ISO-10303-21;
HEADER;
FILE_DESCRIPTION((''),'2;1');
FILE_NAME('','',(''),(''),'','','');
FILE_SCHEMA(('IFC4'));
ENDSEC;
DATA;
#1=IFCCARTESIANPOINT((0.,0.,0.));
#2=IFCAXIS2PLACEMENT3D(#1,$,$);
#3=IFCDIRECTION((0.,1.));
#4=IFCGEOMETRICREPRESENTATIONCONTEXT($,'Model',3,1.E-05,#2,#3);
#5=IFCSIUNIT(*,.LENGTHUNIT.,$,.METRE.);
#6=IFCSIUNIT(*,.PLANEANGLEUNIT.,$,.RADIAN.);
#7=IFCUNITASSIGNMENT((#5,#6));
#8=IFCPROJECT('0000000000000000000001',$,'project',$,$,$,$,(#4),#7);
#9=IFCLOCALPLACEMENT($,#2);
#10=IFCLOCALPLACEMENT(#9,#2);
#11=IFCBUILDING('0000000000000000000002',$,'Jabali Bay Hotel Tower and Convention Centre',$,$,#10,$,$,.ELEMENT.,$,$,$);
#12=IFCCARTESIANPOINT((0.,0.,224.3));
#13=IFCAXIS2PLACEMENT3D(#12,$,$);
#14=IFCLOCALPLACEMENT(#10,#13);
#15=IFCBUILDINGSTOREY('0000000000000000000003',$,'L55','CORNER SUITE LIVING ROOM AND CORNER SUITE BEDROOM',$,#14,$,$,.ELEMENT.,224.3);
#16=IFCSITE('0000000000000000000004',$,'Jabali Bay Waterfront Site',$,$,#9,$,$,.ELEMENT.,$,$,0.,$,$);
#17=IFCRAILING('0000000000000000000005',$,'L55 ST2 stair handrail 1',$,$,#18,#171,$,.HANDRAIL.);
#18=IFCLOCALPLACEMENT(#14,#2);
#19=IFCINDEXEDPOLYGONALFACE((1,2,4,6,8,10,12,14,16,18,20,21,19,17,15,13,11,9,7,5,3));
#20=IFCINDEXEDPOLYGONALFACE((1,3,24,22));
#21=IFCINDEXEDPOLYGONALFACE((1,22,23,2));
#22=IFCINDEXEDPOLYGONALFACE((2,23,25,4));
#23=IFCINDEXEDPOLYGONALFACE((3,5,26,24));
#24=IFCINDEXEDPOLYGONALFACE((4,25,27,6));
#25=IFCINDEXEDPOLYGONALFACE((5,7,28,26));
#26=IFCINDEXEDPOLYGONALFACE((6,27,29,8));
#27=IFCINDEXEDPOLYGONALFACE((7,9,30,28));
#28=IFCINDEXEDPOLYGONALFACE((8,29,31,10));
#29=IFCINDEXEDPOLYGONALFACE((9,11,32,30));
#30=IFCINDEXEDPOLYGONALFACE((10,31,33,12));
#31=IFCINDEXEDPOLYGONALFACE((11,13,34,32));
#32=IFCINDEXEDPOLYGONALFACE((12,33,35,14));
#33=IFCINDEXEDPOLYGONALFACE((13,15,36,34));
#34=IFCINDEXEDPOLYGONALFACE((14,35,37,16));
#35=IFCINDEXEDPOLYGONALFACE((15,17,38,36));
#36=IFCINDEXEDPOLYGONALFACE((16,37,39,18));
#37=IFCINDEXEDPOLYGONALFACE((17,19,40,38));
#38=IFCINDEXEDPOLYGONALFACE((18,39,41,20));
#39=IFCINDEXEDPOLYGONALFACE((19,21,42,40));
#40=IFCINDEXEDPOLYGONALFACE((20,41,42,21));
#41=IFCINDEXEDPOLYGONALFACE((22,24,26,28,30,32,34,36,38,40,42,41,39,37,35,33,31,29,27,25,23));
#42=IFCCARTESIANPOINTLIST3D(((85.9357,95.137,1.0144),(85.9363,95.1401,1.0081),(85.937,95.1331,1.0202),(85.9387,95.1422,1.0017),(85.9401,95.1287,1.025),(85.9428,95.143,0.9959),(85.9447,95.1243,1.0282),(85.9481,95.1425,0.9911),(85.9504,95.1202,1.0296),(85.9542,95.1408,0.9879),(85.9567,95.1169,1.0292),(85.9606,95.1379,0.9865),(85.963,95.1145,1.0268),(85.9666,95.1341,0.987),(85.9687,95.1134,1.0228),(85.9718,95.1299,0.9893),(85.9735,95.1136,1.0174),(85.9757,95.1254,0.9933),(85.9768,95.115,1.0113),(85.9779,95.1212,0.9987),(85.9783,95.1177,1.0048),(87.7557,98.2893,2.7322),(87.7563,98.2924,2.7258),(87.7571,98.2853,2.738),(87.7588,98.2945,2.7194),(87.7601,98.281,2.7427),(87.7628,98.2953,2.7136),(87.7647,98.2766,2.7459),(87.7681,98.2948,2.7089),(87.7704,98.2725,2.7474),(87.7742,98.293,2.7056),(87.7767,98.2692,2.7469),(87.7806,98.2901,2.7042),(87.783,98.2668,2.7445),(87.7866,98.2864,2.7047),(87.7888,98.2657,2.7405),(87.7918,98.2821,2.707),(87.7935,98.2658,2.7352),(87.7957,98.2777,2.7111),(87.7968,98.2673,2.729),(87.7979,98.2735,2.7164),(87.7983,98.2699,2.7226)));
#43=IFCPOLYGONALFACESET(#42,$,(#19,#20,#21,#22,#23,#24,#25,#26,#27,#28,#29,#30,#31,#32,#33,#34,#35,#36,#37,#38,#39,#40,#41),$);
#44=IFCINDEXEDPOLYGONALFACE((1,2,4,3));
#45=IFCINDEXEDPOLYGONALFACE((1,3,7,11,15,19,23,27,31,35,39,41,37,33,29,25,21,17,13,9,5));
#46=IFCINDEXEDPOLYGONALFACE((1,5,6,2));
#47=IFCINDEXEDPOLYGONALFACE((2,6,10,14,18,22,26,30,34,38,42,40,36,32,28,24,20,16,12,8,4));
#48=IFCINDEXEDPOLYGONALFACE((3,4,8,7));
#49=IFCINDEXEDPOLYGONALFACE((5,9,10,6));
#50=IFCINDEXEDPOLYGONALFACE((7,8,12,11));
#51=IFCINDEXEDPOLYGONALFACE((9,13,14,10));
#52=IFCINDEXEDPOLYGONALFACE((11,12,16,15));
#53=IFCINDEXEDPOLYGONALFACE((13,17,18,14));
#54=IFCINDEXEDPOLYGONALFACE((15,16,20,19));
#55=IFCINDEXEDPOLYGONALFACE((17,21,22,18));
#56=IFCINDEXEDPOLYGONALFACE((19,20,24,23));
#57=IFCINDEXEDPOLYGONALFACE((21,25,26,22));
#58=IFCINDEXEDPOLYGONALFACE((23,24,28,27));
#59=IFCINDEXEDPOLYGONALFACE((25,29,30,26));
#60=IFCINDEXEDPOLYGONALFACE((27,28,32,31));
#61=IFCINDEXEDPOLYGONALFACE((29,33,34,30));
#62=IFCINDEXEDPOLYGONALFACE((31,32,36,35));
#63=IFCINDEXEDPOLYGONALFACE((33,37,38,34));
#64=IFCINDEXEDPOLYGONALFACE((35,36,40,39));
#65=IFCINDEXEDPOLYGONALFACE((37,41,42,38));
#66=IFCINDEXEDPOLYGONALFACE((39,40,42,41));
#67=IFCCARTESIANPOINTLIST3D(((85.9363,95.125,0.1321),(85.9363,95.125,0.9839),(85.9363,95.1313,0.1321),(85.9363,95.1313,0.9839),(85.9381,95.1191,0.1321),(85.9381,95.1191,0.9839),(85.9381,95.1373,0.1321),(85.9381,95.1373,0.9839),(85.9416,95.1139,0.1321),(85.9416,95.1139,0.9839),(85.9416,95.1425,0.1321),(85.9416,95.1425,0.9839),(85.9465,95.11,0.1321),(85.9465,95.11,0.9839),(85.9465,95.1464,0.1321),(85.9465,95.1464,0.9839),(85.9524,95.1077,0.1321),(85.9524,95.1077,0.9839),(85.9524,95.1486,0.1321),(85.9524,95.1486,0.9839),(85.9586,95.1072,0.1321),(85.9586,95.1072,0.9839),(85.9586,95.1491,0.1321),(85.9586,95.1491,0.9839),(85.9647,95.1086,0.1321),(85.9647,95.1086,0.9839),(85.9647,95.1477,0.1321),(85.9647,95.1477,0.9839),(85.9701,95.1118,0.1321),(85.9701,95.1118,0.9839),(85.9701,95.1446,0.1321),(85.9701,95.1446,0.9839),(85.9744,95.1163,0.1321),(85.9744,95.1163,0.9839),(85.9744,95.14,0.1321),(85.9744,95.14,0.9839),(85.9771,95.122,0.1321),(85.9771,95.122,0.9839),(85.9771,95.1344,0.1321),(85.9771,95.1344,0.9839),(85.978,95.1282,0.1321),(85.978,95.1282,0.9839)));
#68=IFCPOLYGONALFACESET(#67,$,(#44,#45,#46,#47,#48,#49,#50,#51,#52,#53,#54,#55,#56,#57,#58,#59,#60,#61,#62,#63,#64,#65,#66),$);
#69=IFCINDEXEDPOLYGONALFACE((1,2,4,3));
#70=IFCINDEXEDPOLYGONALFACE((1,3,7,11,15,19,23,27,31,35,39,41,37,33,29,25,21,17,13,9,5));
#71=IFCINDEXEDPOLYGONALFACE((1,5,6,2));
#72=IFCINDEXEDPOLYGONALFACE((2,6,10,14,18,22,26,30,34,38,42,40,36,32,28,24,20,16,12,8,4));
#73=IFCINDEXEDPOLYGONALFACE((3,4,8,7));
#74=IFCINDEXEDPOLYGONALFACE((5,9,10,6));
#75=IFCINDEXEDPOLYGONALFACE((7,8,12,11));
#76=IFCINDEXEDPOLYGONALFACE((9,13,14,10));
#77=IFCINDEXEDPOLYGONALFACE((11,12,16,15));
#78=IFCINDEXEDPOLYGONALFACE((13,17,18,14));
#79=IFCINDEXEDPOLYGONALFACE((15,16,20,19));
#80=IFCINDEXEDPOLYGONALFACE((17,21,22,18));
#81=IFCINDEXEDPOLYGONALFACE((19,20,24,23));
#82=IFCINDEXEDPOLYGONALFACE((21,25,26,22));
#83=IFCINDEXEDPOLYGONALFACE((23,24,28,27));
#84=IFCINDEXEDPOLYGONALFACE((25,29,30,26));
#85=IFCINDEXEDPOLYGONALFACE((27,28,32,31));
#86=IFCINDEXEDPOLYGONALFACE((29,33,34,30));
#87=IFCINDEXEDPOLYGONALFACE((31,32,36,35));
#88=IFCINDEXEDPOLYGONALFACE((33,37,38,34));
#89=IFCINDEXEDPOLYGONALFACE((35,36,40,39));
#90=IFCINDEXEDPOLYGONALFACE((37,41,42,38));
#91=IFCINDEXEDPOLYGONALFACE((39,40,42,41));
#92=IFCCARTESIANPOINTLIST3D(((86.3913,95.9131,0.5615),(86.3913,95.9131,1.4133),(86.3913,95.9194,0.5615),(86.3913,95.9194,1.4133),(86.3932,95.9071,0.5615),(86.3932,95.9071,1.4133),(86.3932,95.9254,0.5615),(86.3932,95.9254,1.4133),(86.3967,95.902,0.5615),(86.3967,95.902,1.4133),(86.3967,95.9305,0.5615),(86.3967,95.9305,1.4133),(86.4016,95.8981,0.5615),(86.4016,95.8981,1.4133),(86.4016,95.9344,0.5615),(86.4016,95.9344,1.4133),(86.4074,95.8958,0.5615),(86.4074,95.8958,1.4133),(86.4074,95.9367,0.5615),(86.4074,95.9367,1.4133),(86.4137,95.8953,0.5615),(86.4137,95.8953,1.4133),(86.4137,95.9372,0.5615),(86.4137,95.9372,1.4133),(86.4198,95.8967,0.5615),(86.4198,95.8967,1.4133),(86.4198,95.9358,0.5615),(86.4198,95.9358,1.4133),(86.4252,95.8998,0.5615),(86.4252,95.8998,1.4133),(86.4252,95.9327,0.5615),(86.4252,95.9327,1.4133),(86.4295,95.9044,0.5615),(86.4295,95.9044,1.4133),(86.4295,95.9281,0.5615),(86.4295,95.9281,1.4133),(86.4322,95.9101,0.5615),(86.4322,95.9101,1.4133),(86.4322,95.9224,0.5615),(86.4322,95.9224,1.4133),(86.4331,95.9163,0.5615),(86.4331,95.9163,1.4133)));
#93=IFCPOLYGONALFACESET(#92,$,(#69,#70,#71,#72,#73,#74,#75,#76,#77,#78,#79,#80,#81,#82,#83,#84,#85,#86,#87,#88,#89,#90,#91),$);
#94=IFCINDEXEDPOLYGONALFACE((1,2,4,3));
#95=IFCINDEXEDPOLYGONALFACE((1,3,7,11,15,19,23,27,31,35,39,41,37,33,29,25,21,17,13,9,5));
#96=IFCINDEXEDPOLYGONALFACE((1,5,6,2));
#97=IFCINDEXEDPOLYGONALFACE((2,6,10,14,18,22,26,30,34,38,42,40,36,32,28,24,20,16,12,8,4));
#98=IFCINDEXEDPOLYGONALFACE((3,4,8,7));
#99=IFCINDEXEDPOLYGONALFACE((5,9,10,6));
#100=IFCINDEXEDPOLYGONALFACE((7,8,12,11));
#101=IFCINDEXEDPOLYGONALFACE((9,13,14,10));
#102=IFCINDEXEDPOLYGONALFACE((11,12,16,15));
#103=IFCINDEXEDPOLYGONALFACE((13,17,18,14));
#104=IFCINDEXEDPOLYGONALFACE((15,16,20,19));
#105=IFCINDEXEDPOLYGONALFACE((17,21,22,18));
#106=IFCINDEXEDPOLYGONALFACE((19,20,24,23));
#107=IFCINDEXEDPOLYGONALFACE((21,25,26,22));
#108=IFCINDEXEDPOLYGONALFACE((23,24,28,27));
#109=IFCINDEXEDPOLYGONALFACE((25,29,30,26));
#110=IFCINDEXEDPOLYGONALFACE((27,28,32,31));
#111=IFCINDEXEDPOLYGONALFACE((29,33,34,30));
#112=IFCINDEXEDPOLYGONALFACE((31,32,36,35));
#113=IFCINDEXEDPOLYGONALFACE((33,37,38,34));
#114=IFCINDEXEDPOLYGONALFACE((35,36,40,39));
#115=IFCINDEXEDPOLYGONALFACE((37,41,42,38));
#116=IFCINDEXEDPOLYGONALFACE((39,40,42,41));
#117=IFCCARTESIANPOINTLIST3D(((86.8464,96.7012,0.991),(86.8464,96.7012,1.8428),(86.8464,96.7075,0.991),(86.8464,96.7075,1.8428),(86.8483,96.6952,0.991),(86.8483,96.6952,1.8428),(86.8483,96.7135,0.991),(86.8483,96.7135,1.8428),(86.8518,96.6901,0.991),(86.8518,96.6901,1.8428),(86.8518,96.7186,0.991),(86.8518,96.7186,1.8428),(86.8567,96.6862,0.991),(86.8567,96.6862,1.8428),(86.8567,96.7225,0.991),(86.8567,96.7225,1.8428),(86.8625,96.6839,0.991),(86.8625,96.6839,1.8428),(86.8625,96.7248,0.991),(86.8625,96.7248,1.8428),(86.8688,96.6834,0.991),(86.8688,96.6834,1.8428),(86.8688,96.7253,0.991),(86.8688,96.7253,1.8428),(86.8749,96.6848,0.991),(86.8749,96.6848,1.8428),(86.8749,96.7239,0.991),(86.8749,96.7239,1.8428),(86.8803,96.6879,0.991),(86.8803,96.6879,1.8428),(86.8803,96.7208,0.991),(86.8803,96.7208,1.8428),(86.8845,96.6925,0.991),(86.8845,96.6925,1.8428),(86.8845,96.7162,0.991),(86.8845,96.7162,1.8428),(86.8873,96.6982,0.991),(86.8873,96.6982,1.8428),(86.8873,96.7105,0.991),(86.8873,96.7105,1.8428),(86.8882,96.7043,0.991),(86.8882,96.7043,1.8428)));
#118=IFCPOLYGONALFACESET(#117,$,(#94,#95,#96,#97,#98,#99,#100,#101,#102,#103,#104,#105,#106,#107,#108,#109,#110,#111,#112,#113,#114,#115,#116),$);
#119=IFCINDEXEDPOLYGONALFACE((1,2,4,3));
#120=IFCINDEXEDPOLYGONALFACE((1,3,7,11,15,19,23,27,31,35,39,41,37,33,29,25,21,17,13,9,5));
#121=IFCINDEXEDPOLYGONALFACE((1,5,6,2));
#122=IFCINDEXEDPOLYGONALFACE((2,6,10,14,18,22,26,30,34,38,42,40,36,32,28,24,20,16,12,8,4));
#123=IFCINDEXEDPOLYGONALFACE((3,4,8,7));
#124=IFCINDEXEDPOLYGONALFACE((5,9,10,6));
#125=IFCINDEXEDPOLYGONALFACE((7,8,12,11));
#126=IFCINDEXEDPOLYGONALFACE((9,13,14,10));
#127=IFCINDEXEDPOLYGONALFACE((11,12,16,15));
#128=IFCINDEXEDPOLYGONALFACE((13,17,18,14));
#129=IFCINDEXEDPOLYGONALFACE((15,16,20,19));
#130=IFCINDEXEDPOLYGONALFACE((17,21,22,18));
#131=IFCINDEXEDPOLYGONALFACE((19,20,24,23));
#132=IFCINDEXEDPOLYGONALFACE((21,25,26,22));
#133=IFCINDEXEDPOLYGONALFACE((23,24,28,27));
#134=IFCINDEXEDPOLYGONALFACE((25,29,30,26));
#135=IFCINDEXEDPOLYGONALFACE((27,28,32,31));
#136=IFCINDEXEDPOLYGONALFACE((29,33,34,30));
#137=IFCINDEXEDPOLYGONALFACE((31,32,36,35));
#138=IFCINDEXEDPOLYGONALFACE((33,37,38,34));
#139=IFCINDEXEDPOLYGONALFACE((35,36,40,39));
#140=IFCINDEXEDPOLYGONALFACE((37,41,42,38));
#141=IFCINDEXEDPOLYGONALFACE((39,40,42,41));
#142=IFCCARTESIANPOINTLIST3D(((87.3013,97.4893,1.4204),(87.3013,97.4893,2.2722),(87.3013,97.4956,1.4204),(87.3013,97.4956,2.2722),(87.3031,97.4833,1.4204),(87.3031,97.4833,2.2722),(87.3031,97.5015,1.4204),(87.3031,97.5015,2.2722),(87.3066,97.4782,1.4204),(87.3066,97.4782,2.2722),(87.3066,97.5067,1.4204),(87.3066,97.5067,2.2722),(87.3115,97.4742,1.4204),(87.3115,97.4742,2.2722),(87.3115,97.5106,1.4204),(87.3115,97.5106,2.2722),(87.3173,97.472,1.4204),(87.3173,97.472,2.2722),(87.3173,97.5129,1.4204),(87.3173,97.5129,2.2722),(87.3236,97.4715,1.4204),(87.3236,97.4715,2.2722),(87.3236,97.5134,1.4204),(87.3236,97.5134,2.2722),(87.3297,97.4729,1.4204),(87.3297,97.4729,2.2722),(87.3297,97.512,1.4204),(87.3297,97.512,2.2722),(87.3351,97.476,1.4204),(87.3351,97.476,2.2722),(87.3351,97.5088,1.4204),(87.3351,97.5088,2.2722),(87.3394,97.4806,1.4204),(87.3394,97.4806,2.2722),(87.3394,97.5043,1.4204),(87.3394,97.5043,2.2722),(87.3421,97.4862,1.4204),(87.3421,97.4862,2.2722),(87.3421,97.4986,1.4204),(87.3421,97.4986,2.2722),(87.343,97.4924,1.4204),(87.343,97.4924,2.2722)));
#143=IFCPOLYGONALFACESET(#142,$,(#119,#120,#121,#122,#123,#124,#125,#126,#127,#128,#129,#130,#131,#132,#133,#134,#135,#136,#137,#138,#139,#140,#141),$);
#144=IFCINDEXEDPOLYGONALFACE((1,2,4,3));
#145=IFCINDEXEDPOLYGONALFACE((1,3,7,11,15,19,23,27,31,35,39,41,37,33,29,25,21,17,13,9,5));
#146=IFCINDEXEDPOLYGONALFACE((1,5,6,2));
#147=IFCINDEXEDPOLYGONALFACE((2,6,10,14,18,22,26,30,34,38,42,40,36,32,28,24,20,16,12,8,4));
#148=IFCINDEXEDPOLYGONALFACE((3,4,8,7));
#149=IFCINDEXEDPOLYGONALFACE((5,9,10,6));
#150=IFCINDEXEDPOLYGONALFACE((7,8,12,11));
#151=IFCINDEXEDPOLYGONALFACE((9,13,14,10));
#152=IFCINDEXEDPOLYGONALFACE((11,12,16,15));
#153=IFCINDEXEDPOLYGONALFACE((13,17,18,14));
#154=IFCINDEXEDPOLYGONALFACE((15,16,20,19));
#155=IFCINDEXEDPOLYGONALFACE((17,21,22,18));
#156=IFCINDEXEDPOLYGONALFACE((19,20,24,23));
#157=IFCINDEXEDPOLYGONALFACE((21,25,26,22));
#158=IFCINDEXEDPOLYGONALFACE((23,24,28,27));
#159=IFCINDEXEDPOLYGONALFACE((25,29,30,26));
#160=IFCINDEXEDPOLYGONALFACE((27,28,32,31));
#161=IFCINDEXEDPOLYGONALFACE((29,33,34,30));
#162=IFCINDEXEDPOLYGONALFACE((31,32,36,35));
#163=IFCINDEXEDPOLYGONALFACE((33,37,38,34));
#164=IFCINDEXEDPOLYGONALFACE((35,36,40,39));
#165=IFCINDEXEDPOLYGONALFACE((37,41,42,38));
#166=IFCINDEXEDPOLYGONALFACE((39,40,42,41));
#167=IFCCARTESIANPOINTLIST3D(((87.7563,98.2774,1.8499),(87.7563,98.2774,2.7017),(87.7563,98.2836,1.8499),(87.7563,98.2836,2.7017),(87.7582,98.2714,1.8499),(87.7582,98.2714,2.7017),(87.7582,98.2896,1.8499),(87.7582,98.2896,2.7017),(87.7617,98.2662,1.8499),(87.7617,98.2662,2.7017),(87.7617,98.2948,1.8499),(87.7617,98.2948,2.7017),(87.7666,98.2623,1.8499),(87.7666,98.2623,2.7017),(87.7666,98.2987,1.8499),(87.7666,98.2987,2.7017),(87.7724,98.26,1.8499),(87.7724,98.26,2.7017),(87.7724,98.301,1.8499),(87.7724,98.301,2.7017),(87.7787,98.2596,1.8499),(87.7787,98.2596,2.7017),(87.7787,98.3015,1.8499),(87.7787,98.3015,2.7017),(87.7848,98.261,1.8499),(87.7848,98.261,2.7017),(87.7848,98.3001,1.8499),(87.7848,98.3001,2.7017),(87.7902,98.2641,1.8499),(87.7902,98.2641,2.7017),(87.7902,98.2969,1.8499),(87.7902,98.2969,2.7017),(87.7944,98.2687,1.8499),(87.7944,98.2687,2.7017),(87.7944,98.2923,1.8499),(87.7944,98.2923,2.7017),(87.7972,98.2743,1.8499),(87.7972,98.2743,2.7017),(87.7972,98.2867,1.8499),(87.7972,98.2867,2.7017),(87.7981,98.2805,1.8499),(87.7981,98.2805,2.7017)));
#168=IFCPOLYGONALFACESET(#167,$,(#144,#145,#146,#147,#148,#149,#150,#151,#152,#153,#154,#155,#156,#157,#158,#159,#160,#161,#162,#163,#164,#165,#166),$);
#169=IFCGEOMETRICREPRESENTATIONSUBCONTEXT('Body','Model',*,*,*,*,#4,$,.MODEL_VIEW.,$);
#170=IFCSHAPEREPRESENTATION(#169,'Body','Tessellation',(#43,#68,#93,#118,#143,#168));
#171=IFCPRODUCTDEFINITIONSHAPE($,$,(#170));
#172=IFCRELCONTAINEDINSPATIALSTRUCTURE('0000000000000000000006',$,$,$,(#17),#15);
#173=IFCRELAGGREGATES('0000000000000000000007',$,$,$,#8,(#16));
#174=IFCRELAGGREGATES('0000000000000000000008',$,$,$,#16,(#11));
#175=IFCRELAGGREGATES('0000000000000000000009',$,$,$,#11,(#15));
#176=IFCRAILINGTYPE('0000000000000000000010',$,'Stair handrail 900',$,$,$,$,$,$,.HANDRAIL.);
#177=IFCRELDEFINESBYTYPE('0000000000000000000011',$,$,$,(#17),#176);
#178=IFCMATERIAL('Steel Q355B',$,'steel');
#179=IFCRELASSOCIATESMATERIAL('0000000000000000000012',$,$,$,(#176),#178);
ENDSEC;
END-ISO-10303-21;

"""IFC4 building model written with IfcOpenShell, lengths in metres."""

from ifc_helpers import new_model, si_unit, direction, frame, origin, origin_2d, place, context, subcontext, project, spatial, circle, extrude, material, type_object, element, save


model = new_model("IFC4")

# Units and contexts
model_context = context("Model", 3, precision=1e-05, world=origin(), true_north=direction((0.0, 1.0)))
body_context = subcontext(model_context, "Body", "Model", "MODEL_VIEW")
ifc_project = project(units=[si_unit("LENGTHUNIT", "METRE"), si_unit("PLANEANGLEUNIT", "RADIAN")], contexts=[model_context])

# Site, building, storey
site_placement = place(None, origin())
site = spatial("IfcSite", under=ifc_project, at=site_placement, Name="Jabali Bay Waterfront Site", CompositionType="ELEMENT", RefElevation=0.0)
building_placement = place(site_placement, origin())
building = spatial("IfcBuilding", under=site, at=building_placement, Name="Jabali Bay Hotel Tower and Convention Centre", CompositionType="ELEMENT")
storey_placement = place(building_placement, frame((0.0, 0.0, 224.3)))
storey = spatial("IfcBuildingStorey", under=building, at=storey_placement, Name="L55", Description="CORNER SUITE LIVING ROOM AND CORNER SUITE BEDROOM", CompositionType="ELEMENT", Elevation=224.3)

# Railing
ifc_material_1 = material(Name="Steel Q355B", Category="steel")
railing_type_1 = type_object("IfcRailingType", Name="Stair handrail 900", PredefinedType="HANDRAIL", material=ifc_material_1)
railing_1_placement = place(storey_placement, frame((85.957, 95.1282, 0.1321)))
element("IfcRailing", 1, at=railing_1_placement, inside=storey, type_object=railing_type_1, Name="L55 ST2 stair handrail 1", PredefinedType="HANDRAIL", context=body_context, shape_type="SweptSolid", body=[
    extrude(circle(Radius=0.0239, at=origin_2d()), frame((0.0, 0.0, 0.876), z_axis=(0.45219, 0.78319, 0.426775), x_axis=(-0.866018, 0.500013, 0.0)), (0.0, 0.0, 1.0), 4.0249),
    extrude(circle(Radius=0.021, at=origin_2d()), origin(), (0.0, 0.0, 1.0), 0.8518),
    extrude(circle(Radius=0.021, at=origin_2d()), frame((0.4551, 0.7881, 0.4294)), (0.0, 0.0, 1.0), 0.8518),
    extrude(circle(Radius=0.021, at=origin_2d()), frame((0.9102, 1.5762, 0.8589)), (0.0, 0.0, 1.0), 0.8518),
    extrude(circle(Radius=0.021, at=origin_2d()), frame((1.365, 2.3643, 1.2883)), (0.0, 0.0, 1.0), 0.8518),
    extrude(circle(Radius=0.021, at=origin_2d()), frame((1.8201, 3.1523, 1.7178)), (0.0, 0.0, 1.0), 0.8518),
])

save(model, "model.ifc")
